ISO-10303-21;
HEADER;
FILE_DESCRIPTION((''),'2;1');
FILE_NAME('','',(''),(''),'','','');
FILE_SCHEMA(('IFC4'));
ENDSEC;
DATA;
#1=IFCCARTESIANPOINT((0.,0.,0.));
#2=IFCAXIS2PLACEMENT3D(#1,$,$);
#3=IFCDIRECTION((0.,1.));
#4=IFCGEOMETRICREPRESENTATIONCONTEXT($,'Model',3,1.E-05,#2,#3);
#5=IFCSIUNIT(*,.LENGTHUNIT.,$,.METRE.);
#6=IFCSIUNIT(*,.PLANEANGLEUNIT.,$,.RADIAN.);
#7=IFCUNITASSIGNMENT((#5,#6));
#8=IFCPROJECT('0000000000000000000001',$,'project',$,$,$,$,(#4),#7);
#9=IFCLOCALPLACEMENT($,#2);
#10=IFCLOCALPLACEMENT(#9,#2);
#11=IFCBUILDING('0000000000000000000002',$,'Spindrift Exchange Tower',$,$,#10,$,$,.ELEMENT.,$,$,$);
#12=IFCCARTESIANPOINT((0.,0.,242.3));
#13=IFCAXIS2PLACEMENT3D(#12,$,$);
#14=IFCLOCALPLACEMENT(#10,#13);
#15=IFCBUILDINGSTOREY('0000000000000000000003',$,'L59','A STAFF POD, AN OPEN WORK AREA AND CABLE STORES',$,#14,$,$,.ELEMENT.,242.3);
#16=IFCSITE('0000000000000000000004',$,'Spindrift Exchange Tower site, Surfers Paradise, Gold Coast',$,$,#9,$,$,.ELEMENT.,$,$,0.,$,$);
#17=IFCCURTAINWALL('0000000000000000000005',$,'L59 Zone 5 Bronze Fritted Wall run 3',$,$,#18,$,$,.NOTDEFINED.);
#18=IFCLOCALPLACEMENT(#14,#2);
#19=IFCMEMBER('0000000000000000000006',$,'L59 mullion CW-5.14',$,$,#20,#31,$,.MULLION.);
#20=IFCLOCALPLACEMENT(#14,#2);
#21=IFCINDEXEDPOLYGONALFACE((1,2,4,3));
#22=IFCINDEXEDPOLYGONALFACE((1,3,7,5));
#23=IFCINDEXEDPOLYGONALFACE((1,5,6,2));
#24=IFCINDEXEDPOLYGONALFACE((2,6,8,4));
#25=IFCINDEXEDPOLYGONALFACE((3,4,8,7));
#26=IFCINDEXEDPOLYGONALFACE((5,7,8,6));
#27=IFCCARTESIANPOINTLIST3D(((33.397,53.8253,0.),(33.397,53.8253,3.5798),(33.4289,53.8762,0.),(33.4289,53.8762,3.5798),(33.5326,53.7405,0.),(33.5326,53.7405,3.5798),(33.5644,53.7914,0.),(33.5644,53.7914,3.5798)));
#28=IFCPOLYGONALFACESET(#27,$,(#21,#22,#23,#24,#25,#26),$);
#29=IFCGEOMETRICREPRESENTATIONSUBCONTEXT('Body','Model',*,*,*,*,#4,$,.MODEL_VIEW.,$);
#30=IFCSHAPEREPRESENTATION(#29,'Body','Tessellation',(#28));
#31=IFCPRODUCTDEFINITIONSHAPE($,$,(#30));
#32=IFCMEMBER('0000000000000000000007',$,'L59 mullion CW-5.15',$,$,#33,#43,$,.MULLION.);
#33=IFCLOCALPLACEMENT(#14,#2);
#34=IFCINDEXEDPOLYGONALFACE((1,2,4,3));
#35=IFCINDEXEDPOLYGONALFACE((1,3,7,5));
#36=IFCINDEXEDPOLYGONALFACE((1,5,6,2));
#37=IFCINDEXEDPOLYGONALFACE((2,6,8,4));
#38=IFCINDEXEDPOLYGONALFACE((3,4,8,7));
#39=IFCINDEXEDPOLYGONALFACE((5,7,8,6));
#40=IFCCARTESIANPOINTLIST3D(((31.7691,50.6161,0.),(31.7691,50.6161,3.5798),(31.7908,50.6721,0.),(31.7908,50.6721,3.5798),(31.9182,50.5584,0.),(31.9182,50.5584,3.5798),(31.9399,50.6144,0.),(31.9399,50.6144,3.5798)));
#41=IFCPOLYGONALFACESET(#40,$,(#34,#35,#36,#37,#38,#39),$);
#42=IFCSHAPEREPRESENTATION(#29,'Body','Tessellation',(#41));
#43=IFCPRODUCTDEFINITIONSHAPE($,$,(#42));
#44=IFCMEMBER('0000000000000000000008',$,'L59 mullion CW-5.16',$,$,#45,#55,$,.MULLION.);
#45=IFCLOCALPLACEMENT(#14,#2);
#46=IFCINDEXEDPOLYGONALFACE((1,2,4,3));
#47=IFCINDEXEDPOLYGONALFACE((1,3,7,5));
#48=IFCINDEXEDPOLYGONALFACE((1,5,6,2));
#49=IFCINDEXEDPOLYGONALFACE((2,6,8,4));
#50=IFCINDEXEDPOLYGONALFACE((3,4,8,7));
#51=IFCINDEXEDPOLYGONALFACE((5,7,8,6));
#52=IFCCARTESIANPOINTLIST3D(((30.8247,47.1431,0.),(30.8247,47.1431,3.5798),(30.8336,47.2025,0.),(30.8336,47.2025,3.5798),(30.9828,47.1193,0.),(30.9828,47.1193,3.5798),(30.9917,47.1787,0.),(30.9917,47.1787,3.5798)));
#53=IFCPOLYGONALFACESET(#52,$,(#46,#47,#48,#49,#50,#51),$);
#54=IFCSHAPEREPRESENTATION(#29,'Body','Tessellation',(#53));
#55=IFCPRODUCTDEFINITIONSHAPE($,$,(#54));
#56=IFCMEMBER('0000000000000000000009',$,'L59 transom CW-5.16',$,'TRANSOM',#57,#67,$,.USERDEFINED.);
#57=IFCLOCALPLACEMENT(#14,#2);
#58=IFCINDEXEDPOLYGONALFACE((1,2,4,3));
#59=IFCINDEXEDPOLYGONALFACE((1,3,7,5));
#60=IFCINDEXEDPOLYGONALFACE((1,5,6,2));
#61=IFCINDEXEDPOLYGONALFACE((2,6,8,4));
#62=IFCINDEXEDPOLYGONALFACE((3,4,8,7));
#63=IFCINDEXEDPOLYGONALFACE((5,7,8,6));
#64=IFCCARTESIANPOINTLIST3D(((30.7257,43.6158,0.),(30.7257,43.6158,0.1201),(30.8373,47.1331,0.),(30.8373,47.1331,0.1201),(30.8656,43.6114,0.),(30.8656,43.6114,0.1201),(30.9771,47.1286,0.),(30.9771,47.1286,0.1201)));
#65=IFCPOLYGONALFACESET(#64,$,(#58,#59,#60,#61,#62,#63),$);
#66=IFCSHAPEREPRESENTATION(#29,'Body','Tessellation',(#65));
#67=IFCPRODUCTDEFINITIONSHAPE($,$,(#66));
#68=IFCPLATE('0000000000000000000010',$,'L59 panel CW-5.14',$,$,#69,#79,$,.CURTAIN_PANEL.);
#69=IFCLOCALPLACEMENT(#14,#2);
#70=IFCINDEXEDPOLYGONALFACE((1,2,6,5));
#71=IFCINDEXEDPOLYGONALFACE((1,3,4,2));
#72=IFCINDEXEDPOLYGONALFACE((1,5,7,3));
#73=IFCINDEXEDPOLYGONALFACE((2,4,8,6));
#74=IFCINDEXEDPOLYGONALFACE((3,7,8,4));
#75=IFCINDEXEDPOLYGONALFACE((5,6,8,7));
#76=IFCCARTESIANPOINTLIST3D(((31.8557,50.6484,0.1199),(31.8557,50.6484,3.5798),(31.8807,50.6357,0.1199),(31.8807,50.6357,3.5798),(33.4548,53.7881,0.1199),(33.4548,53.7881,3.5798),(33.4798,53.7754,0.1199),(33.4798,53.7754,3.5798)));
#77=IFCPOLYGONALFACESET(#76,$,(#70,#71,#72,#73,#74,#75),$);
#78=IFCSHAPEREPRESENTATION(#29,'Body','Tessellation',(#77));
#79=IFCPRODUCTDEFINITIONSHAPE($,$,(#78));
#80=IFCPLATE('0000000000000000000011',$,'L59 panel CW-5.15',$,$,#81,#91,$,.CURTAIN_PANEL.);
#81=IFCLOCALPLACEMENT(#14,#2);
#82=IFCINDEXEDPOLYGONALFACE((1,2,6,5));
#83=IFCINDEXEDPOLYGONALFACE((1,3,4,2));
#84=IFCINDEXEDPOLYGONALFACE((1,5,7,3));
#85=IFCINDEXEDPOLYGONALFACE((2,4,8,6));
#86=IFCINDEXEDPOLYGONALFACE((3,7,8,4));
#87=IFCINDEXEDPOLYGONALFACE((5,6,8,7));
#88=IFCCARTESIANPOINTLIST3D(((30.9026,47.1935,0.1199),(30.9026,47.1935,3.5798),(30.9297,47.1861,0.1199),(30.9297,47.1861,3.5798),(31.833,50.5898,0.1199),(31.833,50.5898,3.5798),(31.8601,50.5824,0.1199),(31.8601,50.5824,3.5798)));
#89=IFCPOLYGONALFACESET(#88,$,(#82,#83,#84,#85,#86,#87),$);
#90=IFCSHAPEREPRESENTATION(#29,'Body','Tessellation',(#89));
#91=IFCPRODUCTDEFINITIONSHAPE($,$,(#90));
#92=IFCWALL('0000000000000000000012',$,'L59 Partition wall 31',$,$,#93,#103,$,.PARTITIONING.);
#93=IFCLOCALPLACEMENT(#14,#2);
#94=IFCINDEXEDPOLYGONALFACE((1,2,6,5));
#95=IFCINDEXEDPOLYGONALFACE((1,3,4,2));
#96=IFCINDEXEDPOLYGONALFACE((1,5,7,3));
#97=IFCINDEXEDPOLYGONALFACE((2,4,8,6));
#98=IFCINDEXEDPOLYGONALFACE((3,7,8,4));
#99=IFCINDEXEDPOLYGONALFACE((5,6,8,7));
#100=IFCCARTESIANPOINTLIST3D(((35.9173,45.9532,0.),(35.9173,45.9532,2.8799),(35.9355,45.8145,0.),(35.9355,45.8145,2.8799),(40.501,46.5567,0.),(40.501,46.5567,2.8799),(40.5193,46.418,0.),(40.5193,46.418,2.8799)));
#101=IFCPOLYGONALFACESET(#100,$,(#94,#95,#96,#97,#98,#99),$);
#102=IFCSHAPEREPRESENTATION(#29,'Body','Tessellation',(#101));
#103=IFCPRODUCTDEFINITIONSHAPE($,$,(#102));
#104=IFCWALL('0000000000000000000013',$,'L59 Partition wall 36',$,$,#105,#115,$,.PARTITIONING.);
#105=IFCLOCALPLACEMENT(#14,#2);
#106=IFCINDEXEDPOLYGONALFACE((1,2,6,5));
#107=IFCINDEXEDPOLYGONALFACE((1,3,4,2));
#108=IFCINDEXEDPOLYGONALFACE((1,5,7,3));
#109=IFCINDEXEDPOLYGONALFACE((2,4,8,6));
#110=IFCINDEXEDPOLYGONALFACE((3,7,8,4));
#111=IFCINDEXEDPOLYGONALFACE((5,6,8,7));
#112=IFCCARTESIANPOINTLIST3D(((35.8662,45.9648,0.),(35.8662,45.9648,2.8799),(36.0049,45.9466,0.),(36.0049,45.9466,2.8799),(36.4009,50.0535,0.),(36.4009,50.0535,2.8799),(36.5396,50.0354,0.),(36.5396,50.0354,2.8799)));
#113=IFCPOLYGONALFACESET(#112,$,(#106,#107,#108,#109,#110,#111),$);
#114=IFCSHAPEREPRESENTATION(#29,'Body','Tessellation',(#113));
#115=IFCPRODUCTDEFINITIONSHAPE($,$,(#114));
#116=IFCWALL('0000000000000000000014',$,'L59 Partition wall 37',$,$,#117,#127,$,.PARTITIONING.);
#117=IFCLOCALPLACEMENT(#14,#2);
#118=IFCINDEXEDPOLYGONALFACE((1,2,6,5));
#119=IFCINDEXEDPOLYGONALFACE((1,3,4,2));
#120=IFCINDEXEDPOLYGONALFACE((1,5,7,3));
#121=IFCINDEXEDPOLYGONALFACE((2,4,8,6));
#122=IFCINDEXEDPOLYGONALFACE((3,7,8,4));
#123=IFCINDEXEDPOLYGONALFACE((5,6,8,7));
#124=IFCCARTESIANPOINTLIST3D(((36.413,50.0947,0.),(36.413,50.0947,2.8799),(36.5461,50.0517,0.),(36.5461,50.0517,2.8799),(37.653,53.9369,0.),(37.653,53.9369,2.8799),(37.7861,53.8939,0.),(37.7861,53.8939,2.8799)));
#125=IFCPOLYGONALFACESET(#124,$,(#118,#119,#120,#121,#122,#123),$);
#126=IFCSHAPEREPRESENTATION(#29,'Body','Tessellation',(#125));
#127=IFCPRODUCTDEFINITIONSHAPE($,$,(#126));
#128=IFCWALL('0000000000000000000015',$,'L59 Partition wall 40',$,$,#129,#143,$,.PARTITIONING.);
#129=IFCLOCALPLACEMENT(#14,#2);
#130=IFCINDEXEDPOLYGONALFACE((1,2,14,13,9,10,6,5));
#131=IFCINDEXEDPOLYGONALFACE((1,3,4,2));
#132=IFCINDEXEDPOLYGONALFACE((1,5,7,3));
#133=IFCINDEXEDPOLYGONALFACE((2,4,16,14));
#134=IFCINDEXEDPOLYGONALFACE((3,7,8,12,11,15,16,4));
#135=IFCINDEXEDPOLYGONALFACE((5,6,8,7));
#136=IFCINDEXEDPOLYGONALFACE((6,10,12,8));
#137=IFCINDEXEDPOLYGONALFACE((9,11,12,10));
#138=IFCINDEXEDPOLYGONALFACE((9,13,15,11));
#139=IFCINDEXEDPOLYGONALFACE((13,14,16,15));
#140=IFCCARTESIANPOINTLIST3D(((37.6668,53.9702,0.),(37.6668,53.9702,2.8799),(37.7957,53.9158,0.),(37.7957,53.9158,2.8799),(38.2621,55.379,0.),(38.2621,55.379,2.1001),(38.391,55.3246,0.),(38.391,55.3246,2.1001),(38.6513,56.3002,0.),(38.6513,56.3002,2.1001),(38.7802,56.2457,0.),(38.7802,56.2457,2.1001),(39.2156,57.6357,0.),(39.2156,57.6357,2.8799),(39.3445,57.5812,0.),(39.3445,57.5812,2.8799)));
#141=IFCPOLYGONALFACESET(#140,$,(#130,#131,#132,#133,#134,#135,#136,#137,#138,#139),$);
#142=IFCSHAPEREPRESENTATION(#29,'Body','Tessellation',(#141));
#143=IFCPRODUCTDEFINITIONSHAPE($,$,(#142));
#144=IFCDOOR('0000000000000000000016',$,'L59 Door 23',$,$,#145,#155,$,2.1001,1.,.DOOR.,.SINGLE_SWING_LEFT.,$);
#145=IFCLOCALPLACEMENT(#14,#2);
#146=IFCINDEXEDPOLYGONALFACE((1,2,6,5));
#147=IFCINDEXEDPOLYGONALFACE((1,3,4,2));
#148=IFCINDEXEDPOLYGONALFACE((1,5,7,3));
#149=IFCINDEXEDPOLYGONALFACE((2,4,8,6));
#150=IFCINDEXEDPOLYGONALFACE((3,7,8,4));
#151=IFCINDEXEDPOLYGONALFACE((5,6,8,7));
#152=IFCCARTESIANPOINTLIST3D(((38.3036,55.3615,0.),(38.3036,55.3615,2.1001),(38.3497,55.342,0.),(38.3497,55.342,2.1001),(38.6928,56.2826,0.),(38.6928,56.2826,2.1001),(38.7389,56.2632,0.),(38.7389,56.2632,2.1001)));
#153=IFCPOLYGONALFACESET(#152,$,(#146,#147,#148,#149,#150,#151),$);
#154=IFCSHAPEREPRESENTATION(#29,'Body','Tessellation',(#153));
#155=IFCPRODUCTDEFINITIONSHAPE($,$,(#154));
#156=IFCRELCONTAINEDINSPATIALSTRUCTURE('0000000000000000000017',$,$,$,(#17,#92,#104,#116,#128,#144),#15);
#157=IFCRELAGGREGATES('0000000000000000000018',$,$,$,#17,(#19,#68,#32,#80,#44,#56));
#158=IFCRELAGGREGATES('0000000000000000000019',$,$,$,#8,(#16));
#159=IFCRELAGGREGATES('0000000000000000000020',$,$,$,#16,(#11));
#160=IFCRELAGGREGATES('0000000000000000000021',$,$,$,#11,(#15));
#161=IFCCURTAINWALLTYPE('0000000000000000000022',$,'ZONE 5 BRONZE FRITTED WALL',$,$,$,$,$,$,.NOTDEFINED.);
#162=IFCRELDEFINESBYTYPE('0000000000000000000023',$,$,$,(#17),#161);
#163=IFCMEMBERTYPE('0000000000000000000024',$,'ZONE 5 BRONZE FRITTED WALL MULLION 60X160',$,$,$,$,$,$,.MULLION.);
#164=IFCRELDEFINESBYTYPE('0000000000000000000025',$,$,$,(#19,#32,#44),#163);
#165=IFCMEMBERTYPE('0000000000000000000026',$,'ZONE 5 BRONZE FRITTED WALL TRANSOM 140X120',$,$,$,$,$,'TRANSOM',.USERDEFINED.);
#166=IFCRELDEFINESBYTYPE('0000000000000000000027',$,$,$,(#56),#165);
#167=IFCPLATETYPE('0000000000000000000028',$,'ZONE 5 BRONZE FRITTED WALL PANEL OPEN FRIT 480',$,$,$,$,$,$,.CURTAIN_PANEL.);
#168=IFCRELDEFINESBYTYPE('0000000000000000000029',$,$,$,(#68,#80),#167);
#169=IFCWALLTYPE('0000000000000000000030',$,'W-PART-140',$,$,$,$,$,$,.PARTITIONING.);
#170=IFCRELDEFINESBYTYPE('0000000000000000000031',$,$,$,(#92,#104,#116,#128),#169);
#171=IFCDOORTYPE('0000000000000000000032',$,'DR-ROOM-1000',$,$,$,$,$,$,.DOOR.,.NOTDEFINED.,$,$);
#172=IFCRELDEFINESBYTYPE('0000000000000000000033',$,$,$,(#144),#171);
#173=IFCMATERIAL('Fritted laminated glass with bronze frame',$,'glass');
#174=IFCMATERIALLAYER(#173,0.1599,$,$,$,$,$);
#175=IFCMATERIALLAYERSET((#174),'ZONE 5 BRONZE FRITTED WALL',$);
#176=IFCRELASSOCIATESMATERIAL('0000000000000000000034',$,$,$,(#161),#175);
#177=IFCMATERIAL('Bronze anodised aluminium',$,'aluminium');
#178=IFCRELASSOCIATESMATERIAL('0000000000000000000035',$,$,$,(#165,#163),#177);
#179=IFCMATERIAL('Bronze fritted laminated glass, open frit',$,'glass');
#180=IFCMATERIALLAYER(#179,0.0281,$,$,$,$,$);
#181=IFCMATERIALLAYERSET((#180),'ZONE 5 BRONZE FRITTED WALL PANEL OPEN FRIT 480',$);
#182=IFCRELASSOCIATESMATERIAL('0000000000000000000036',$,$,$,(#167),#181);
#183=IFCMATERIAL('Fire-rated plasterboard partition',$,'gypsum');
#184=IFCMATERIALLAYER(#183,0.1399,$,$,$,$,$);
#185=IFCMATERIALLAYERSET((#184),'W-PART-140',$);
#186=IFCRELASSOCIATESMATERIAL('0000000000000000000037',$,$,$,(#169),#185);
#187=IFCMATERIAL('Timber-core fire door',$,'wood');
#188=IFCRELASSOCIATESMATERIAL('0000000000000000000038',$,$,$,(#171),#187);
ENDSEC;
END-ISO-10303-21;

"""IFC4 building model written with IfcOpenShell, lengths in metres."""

from ifc_helpers import new_model, si_unit, direction, frame, frame_2d, origin, origin_2d, place, context, subcontext, project, spatial, rectangle, extrude, source, transform, mapped, material, layer, layer_set, material_profile, profile_set, type_object, element, fill, aggregate, save


model = new_model("IFC4")

# Units and contexts
model_context = context("Model", 3, precision=1e-05, world=origin(), true_north=direction((0.0, 1.0)))
body_context = subcontext(model_context, "Body", "Model", "MODEL_VIEW")
ifc_project = project(units=[si_unit("LENGTHUNIT", "METRE"), si_unit("PLANEANGLEUNIT", "RADIAN")], contexts=[model_context])

# Site, building, storey
site_placement = place(None, origin())
site = spatial("IfcSite", under=ifc_project, at=site_placement, Name="Spindrift Exchange Tower site, Surfers Paradise, Gold Coast", CompositionType="ELEMENT", RefElevation=0.0)
building_placement = place(site_placement, origin())
building = spatial("IfcBuilding", under=site, at=building_placement, Name="Spindrift Exchange Tower", CompositionType="ELEMENT")
storey_placement = place(building_placement, frame((0.0, 0.0, 242.3)))
storey = spatial("IfcBuildingStorey", under=building, at=storey_placement, Name="L59", Description="A STAFF POD, AN OPEN WORK AREA AND CABLE STORES", CompositionType="ELEMENT", Elevation=242.3)

# Curtain wall, members, plates
ifc_material_1 = material(Name="Fritted laminated glass with bronze frame", Category="glass")
ifc_layer_1 = layer(ifc_material_1, 0.1599)
ifc_layer_set_1 = layer_set([ifc_layer_1], Name="ZONE 5 BRONZE FRITTED WALL")
curtain_wall_type = type_object("IfcCurtainWallType", Name="ZONE 5 BRONZE FRITTED WALL", PredefinedType="NOTDEFINED", material=ifc_layer_set_1)
curtain_wall_placement = place(storey_placement, origin())
curtain_wall = element("IfcCurtainWall", 1, at=curtain_wall_placement, inside=storey, type_object=curtain_wall_type, Name="L59 Zone 5 Bronze Fritted Wall run 3", PredefinedType="NOTDEFINED")
ifc_material_2 = material(Name="Bronze anodised aluminium", Category="aluminium")
ifc_material_profile_1 = material_profile(ifc_material_2, rectangle(XDim=0.1399, YDim=0.1201, at=origin_2d()), Name="ZONE 5 BRONZE FRITTED WALL TRANSOM 140X120")
ifc_profile_set_1 = profile_set([ifc_material_profile_1], Name="Bronze anodised aluminium")
member_type_1 = type_object("IfcMemberType", Name="ZONE 5 BRONZE FRITTED WALL TRANSOM 140X120", ElementType="TRANSOM", PredefinedType="USERDEFINED", material=ifc_profile_set_1)
ifc_material_profile_2 = material_profile(ifc_material_2, rectangle(XDim=0.0601, YDim=0.1599, at=origin_2d()), Name="ZONE 5 BRONZE FRITTED WALL MULLION 60X160")
ifc_profile_set_2 = profile_set([ifc_material_profile_2], Name="Bronze anodised aluminium")
member_type_2 = type_object("IfcMemberType", Name="ZONE 5 BRONZE FRITTED WALL MULLION 60X160", PredefinedType="MULLION", material=ifc_profile_set_2)
shared_shape_1 = source(origin(), body_context, "Body", "SweptSolid", [
    extrude(rectangle(XDim=0.0601, YDim=0.1599, at=origin_2d()), origin(), (0.0, 0.0, 1.0), 3.5798),
])
member_1_placement = place(storey_placement, frame((33.4807, 53.8083, 0.0), z_axis=(0.0, 0.0, 1.0), x_axis=(-0.530403, -0.847746, 0.0)))
member_1 = element("IfcMember", 2, at=member_1_placement, type_object=member_type_2, Name="L59 mullion CW-5.14", PredefinedType="MULLION", context=body_context, shape_type="MappedRepresentation", body=[
    mapped(shared_shape_1, transform((0.0, 0.0, 0.0), scale=1.0)),
])
member_2_placement = place(storey_placement, frame((31.8545, 50.6152, 0.0), z_axis=(0.0, 0.0, 1.0), x_axis=(-0.360898, -0.932605, 0.0)))
member_2 = element("IfcMember", 3, at=member_2_placement, type_object=member_type_2, Name="L59 mullion CW-5.15", PredefinedType="MULLION", context=body_context, shape_type="MappedRepresentation", body=[
    mapped(shared_shape_1, transform((0.0, 0.0, 0.0), scale=1.0)),
])
member_3_placement = place(storey_placement, frame((30.9082, 47.1609, 0.0), z_axis=(0.0, 0.0, 1.0), x_axis=(-0.149009, -0.988836, 0.0)))
member_3 = element("IfcMember", 4, at=member_3_placement, type_object=member_type_2, Name="L59 mullion CW-5.16", PredefinedType="MULLION", context=body_context, shape_type="MappedRepresentation", body=[
    mapped(shared_shape_1, transform((0.0, 0.0, 0.0), scale=1.0)),
])
shared_shape_2 = source(origin(), body_context, "Body", "SweptSolid", [
    extrude(rectangle(XDim=0.1399, YDim=0.1201, at=origin_2d()), origin(), (0.0, 0.0, 1.0), 3.519),
])
member_4_placement = place(storey_placement, frame((30.9072, 47.1309, 0.0601), z_axis=(-0.031705, -0.999497, 0.0), x_axis=(0.999497, -0.031705, 0.0)))
member_4 = element("IfcMember", 5, at=member_4_placement, type_object=member_type_1, Name="L59 transom CW-5.16", ObjectType="TRANSOM", PredefinedType="USERDEFINED", context=body_context, shape_type="MappedRepresentation", body=[
    mapped(shared_shape_2, transform((0.0, 0.0, 0.0), scale=1.0)),
])
ifc_material_3 = material(Name="Bronze fritted laminated glass, open frit", Category="glass")
ifc_layer_2 = layer(ifc_material_3, 0.0281)
ifc_layer_set_2 = layer_set([ifc_layer_2], Name="ZONE 5 BRONZE FRITTED WALL PANEL OPEN FRIT 480")
plate_type = type_object("IfcPlateType", Name="ZONE 5 BRONZE FRITTED WALL PANEL OPEN FRIT 480", PredefinedType="CURTAIN_PANEL", material=ifc_layer_set_2)
shared_shape_3 = source(origin(), body_context, "Body", "SweptSolid", [
    extrude(rectangle(XDim=3.5234, YDim=0.0281, at=origin_2d()), origin(), (0.0, 0.0, 1.0), 3.46),
])
plate_1_placement = place(storey_placement, frame((32.6677, 52.2119, 0.1199), z_axis=(0.0, 0.0, 1.0), x_axis=(-0.453843, -0.891082, 0.0)))
plate_1 = element("IfcPlate", 6, at=plate_1_placement, type_object=plate_type, Name="L59 panel CW-5.14", PredefinedType="CURTAIN_PANEL", context=body_context, shape_type="MappedRepresentation", body=[
    mapped(shared_shape_3, transform((0.0, 0.0, 0.0), scale=1.0)),
])
shared_shape_4 = source(origin(), body_context, "Body", "SweptSolid", [
    extrude(rectangle(XDim=3.5215, YDim=0.0281, at=origin_2d()), origin(), (0.0, 0.0, 1.0), 3.46),
])
plate_2_placement = place(storey_placement, frame((31.3813, 48.8879, 0.1199), z_axis=(0.0, 0.0, 1.0), x_axis=(-0.264213, -0.964464, 0.0)))
plate_2 = element("IfcPlate", 7, at=plate_2_placement, type_object=plate_type, Name="L59 panel CW-5.15", PredefinedType="CURTAIN_PANEL", context=body_context, shape_type="MappedRepresentation", body=[
    mapped(shared_shape_4, transform((0.0, 0.0, 0.0), scale=1.0)),
])
aggregate(curtain_wall, [member_1, plate_1, member_2, plate_2, member_3, member_4])

# Walls
ifc_material_4 = material(Name="Fire-rated plasterboard partition", Category="gypsum")
ifc_layer_3 = layer(ifc_material_4, 0.1399)
ifc_layer_set_3 = layer_set([ifc_layer_3], Name="W-PART-140")
wall_type = type_object("IfcWallType", Name="W-PART-140", PredefinedType="PARTITIONING", material=ifc_layer_set_3)
wall_1_placement = place(storey_placement, frame((40.51, 46.4873, 0.0), z_axis=(0.0, 0.0, 1.0), x_axis=(-0.991443, -0.130538, 0.0)))
element("IfcWall", 8, at=wall_1_placement, inside=storey, type_object=wall_type, Name="L59 Partition wall 31", PredefinedType="PARTITIONING", context=body_context, shape_type="SweptSolid", body=[
    extrude(rectangle(XDim=4.6233, YDim=0.1399, at=frame_2d((2.3115, 0.0))), origin(), (0.0, 0.0, 1.0), 2.8799),
])
wall_2_placement = place(storey_placement, frame((36.4702, 50.0444, 0.0), z_axis=(0.0, 0.0, 1.0), x_axis=(-0.129666, -0.991558, 0.0)))
element("IfcWall", 9, at=wall_2_placement, inside=storey, type_object=wall_type, Name="L59 Partition wall 36", PredefinedType="PARTITIONING", context=body_context, shape_type="SweptSolid", body=[
    extrude(rectangle(XDim=4.1235, YDim=0.1399, at=frame_2d((2.0618, 0.0))), origin(), (0.0, 0.0, 1.0), 2.8799),
])
wall_3_placement = place(storey_placement, frame((37.7195, 53.9153, 0.0), z_axis=(0.0, 0.0, 1.0), x_axis=(-0.307125, -0.951669, 0.0)))
element("IfcWall", 10, at=wall_3_placement, inside=storey, type_object=wall_type, Name="L59 Partition wall 37", PredefinedType="PARTITIONING", context=body_context, shape_type="SweptSolid", body=[
    extrude(rectangle(XDim=4.0374, YDim=0.1399, at=frame_2d((2.0186, 0.0))), origin(), (0.0, 0.0, 1.0), 2.8799),
])

# Wall, opening, door
wall_4_placement = place(storey_placement, frame((37.7312, 53.9429, 0.0), z_axis=(0.0, 0.0, 1.0), x_axis=(0.38922, 0.921145, 0.0)))
wall_4 = element("IfcWall", 11, at=wall_4_placement, inside=storey, type_object=wall_type, Name="L59 Partition wall 40", PredefinedType="PARTITIONING", context=body_context, shape_type="SweptSolid", body=[
    extrude(rectangle(XDim=3.9792, YDim=0.1399, at=frame_2d((1.9897, 0.0))), origin(), (0.0, 0.0, 1.0), 2.8799),
])
opening_placement = place(wall_4_placement, frame((1.5295, 0.0, 0.0)))
opening = element("IfcOpeningElement", 12, at=opening_placement, cuts=wall_4, PredefinedType="OPENING", context=body_context, shape_type="SweptSolid", body=[
    extrude(rectangle(XDim=1.0, YDim=2.1001, at=frame_2d((0.5, 1.05))), frame((0.0, 0.0798, 0.0), z_axis=(0.0, -1.0, 0.0), x_axis=(1.0, 0.0, 0.0)), (0.0, 0.0, 1.0), 0.1599),
])
ifc_material_5 = material(Name="Timber-core fire door", Category="wood")
door_type = type_object("IfcDoorType", Name="DR-ROOM-1000", OperationType="NOTDEFINED", PredefinedType="DOOR", material=ifc_material_5)
shared_shape_5 = source(origin(), body_context, "Body", "SweptSolid", [
    extrude(rectangle(XDim=1.0, YDim=2.1001, at=frame_2d((0.5, 1.05))), frame((0.0, 0.0249, 0.0), z_axis=(0.0, -1.0, 0.0), x_axis=(1.0, 0.0, 0.0)), (0.0, 0.0, 1.0), 0.05),
])
door_placement = place(opening_placement, origin())
door = element("IfcDoor", 13, at=door_placement, inside=storey, type_object=door_type, Name="L59 Door 23", OperationType="SINGLE_SWING_LEFT", OverallHeight=2.1001, OverallWidth=1.0, PredefinedType="DOOR", context=body_context, shape_type="MappedRepresentation", body=[
    mapped(shared_shape_5, transform((0.0, 0.0, 0.0), scale=1.0)),
])
fill(opening, door)

save(model, "model.ifc")
